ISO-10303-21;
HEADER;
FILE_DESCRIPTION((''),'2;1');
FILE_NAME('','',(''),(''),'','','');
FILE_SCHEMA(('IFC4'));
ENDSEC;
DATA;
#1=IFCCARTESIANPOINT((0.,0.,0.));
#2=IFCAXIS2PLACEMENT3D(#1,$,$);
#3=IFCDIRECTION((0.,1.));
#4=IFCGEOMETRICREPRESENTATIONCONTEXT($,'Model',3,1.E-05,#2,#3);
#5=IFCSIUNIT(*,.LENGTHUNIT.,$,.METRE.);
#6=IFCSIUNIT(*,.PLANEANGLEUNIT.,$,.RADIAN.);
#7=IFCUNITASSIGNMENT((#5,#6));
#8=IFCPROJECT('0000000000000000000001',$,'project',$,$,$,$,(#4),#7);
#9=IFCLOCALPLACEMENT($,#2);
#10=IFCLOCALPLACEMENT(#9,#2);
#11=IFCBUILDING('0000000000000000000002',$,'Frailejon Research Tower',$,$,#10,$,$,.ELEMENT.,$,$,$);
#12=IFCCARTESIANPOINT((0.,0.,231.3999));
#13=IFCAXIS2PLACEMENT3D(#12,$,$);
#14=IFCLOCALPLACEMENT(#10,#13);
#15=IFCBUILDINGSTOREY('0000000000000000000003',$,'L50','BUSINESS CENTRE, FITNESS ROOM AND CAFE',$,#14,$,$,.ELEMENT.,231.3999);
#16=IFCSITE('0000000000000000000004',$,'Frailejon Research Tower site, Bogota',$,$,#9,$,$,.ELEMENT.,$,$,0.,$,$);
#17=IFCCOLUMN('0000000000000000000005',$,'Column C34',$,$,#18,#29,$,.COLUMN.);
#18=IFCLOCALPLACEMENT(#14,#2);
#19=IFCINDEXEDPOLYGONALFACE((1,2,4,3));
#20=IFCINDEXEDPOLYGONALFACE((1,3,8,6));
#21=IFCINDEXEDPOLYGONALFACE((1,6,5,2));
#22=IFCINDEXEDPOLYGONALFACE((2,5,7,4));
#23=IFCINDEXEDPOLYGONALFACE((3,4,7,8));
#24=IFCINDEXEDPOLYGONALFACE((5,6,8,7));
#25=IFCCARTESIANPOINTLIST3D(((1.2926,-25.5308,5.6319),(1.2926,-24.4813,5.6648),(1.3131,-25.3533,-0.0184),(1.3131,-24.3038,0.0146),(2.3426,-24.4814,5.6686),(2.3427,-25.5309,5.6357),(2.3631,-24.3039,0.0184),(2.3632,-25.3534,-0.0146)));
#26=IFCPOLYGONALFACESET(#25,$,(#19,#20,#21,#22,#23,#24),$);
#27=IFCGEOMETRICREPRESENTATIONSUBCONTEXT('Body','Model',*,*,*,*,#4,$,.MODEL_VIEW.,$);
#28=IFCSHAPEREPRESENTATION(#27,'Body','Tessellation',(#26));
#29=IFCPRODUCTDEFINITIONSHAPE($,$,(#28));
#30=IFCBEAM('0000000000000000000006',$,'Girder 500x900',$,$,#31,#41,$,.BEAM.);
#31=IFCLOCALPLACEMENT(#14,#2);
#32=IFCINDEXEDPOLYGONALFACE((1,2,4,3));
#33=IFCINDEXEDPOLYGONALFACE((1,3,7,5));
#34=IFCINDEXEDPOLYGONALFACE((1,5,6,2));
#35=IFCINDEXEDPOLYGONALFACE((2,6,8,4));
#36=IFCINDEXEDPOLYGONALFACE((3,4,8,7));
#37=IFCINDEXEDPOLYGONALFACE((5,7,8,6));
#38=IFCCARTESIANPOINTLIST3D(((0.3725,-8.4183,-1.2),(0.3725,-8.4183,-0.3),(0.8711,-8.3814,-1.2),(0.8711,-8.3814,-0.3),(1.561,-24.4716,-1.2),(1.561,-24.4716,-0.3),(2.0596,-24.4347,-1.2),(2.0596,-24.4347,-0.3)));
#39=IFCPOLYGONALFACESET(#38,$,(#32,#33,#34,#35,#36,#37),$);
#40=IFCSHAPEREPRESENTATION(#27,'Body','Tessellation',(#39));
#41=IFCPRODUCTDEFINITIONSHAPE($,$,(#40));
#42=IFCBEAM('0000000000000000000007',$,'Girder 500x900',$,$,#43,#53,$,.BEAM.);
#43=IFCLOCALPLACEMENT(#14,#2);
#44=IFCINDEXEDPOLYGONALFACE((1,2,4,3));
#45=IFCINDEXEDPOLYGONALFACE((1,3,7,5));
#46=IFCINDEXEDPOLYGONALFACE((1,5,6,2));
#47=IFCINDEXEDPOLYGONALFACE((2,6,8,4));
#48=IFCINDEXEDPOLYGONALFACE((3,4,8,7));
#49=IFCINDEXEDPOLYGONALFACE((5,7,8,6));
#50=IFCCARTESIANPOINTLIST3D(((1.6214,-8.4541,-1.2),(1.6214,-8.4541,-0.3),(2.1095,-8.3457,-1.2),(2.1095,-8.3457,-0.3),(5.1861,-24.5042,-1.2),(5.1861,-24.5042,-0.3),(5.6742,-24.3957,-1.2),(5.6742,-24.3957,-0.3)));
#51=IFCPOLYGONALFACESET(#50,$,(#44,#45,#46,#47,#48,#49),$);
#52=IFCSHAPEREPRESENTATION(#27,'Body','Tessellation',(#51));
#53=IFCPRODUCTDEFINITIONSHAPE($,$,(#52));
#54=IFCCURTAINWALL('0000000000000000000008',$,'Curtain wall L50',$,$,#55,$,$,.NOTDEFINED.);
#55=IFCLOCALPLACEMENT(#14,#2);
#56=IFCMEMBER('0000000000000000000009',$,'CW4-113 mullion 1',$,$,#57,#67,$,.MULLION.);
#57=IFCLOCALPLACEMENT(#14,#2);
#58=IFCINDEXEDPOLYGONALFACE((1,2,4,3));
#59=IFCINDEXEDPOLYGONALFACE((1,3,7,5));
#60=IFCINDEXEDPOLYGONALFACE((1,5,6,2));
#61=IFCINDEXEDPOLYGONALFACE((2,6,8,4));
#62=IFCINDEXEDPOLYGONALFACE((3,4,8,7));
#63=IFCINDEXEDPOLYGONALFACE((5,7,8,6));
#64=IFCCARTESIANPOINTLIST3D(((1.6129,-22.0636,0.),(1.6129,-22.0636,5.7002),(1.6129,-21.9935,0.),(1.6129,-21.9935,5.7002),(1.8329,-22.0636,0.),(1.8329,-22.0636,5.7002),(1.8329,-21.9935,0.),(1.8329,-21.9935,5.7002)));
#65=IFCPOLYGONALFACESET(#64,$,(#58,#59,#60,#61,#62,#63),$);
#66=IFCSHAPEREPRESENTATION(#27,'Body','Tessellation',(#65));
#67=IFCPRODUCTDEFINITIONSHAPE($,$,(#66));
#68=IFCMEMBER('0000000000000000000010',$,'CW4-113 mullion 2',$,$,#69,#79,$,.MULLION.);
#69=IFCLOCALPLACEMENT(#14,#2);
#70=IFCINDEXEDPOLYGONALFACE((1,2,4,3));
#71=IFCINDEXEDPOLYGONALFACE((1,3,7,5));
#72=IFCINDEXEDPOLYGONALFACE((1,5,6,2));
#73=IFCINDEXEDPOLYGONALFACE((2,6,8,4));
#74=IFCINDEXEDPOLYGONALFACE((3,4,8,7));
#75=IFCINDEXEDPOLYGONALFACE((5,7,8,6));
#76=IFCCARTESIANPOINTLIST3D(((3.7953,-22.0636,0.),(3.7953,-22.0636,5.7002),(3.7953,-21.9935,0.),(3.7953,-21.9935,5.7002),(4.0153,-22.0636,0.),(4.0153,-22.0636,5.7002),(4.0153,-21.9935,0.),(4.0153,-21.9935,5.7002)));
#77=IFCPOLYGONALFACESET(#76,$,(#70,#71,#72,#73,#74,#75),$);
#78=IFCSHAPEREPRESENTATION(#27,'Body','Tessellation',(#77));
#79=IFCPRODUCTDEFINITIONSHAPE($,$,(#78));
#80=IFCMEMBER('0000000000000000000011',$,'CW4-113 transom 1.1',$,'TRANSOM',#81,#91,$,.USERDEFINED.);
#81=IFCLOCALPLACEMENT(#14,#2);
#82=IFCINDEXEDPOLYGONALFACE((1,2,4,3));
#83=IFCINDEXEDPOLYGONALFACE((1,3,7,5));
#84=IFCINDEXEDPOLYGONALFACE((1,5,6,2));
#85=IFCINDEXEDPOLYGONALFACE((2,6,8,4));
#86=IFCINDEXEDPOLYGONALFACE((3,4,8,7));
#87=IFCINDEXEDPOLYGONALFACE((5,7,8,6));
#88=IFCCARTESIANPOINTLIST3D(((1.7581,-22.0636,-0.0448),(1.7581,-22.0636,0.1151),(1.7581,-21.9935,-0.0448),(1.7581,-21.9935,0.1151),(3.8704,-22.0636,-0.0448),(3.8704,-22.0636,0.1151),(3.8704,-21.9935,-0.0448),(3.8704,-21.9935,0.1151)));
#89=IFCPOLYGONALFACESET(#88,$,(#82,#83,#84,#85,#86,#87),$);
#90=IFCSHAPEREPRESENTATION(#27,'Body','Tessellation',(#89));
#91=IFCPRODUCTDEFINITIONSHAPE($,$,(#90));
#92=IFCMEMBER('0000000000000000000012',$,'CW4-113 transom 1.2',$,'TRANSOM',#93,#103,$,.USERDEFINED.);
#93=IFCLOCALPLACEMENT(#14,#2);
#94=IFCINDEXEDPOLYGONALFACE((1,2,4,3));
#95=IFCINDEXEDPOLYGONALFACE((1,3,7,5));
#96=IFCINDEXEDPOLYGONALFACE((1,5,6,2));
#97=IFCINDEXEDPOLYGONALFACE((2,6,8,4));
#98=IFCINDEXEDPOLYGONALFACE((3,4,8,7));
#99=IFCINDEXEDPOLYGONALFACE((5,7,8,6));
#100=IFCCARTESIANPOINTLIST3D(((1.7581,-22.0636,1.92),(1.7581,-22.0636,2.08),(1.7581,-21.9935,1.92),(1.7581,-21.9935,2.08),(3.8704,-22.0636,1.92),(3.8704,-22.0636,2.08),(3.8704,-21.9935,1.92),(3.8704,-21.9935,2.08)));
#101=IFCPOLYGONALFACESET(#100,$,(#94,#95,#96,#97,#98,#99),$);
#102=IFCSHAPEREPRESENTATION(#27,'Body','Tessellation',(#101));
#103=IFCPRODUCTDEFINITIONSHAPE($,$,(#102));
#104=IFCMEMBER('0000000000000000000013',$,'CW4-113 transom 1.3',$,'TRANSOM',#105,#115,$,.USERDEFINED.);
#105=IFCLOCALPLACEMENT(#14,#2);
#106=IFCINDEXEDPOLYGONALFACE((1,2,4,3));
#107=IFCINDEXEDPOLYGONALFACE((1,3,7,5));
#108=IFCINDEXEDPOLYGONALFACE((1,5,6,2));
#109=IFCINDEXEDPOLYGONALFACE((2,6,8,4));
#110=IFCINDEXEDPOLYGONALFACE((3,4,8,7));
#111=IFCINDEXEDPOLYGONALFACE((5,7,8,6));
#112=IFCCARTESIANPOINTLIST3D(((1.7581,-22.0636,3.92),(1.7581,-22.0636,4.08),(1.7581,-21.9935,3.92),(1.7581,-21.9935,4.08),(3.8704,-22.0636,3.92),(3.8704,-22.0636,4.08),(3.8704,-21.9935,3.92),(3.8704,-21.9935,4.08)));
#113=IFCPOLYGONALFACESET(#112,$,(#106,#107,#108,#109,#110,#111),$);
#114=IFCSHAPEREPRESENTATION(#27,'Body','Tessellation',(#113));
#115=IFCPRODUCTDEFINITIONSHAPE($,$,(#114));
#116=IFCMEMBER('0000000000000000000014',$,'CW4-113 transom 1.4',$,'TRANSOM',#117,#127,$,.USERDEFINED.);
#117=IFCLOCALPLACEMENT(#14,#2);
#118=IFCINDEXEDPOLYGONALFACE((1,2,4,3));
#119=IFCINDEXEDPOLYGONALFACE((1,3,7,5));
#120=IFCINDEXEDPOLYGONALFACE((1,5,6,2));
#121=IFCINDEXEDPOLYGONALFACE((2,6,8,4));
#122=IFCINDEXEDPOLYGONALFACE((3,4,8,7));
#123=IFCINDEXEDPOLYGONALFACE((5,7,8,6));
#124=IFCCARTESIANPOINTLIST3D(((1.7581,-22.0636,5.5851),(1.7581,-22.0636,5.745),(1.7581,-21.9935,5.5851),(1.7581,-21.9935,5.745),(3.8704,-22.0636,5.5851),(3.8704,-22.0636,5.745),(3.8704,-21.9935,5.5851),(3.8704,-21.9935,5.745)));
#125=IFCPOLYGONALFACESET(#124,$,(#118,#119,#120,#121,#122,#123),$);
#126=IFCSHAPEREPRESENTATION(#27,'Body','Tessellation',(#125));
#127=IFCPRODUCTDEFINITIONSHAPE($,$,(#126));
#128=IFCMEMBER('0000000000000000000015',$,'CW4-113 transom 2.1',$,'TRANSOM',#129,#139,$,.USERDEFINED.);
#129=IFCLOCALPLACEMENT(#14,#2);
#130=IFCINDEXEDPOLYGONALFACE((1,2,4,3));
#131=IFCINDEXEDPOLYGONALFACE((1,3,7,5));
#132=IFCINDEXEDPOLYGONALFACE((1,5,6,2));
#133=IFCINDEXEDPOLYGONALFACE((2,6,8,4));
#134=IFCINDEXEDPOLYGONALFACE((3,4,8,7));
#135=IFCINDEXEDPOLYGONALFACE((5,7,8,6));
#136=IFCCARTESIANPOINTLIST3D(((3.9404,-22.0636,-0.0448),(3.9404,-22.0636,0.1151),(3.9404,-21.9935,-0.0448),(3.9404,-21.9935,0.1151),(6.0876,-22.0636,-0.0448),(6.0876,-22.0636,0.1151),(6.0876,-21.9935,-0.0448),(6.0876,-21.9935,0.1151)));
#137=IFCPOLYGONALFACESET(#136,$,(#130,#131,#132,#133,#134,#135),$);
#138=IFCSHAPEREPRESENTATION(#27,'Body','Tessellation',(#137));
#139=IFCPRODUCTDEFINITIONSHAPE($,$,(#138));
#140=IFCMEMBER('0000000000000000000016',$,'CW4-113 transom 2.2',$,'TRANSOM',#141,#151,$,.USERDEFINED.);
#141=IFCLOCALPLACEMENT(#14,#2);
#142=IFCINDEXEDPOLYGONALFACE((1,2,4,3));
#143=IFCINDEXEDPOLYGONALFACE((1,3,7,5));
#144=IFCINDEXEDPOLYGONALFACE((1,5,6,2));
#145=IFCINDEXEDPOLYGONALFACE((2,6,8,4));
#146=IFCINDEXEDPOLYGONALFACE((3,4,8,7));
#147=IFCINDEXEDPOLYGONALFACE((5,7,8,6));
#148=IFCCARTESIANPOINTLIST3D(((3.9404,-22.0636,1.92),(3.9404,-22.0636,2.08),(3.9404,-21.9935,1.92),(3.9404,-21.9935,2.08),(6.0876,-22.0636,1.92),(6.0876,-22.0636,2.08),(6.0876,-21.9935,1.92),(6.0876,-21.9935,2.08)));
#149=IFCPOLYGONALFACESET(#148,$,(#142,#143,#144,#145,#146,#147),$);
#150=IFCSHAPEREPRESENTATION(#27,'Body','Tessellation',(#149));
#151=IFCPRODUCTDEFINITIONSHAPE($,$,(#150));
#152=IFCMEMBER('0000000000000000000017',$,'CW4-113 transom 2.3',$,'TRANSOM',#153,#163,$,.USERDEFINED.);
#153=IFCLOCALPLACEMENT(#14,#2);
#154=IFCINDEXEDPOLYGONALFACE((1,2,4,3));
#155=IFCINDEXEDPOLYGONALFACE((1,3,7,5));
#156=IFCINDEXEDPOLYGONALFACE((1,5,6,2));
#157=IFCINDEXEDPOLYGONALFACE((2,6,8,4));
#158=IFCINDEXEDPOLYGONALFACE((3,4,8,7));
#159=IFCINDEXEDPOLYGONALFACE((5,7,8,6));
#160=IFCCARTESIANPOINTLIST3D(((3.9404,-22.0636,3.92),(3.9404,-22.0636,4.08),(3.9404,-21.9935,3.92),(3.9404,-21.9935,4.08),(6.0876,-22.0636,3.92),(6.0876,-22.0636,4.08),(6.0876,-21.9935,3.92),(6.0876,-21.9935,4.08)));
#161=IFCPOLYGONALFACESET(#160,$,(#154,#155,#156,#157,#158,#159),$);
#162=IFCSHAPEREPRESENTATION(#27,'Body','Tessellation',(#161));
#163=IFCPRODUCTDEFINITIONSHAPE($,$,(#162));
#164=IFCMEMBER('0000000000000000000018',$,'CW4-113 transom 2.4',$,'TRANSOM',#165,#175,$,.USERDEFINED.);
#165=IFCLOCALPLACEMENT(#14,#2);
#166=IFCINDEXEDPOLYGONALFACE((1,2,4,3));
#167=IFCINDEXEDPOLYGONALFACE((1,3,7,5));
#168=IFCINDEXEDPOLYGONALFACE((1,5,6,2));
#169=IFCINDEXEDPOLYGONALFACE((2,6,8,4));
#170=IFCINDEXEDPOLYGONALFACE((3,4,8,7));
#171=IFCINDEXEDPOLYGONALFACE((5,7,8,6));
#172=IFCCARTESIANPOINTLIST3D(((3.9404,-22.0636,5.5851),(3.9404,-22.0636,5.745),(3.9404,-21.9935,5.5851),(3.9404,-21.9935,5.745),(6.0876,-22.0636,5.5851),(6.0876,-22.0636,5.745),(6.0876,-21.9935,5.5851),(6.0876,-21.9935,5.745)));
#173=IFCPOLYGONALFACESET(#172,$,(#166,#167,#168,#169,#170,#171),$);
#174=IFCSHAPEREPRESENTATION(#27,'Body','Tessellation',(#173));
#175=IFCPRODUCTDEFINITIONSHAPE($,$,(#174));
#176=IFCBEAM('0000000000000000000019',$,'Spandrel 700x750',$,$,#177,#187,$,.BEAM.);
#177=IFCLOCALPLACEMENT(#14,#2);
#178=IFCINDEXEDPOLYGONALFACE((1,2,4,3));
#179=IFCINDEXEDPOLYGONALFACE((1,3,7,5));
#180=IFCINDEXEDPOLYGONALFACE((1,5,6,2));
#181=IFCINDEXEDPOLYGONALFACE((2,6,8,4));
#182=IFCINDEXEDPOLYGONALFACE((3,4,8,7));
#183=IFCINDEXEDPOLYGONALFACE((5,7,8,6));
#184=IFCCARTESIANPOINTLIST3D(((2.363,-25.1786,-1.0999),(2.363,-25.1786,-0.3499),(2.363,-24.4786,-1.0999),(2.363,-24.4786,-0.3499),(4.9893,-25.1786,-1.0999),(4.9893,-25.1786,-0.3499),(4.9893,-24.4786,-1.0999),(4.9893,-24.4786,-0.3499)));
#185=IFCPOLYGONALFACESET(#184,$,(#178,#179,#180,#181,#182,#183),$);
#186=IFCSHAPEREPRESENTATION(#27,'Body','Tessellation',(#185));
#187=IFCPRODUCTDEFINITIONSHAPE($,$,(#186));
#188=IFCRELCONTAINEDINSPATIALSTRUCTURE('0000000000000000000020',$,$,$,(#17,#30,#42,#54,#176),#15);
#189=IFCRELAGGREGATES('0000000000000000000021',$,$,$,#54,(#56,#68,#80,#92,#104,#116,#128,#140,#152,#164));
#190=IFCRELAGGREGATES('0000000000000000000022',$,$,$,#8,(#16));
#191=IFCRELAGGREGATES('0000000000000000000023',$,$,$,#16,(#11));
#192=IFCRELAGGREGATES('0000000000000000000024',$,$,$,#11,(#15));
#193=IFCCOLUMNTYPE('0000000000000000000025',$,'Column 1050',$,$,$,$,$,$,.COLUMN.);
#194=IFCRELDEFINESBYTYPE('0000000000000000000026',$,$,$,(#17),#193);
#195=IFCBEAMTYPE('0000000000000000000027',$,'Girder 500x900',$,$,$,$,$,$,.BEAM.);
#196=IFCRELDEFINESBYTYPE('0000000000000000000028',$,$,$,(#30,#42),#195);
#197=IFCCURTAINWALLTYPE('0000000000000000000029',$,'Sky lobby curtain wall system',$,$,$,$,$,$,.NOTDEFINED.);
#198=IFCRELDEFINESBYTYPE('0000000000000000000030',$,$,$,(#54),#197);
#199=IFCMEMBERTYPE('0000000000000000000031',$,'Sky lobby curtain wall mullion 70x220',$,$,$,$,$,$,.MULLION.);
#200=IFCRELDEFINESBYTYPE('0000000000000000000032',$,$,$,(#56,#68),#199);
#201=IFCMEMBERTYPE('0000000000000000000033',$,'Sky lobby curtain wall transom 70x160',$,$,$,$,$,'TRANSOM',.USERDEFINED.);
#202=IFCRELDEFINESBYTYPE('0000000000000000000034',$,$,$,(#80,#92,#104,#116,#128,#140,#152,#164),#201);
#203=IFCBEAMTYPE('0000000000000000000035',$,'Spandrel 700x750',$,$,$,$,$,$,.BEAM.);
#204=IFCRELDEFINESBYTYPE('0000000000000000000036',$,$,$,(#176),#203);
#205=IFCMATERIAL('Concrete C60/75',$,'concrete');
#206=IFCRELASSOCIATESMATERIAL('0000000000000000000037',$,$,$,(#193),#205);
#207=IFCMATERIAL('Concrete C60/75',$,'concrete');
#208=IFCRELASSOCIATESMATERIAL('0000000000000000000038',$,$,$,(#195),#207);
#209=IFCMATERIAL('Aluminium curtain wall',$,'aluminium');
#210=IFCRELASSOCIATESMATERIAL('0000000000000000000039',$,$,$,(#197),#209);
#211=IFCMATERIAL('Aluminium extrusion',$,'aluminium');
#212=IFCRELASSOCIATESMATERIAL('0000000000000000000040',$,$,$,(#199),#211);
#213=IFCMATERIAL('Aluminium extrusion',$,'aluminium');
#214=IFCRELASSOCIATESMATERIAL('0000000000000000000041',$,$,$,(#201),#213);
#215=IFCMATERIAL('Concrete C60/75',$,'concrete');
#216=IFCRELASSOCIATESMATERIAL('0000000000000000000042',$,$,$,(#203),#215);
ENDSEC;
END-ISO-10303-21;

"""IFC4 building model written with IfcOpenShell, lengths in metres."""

from ifc_helpers import new_model, si_unit, direction, frame, origin, origin_2d, place, context, subcontext, project, spatial, rectangle, extrude, material, material_profile, profile_set, type_object, element, aggregate, save


model = new_model("IFC4")

# Units and contexts
model_context = context("Model", 3, precision=1e-05, world=origin(), true_north=direction((0.0, 1.0)))
body_context = subcontext(model_context, "Body", "Model", "MODEL_VIEW")
ifc_project = project(units=[si_unit("LENGTHUNIT", "METRE"), si_unit("PLANEANGLEUNIT", "RADIAN")], contexts=[model_context])

# Site, building, storey
site_placement = place(None, origin())
site = spatial("IfcSite", under=ifc_project, at=site_placement, Name="Frailejon Research Tower site, Bogota", CompositionType="ELEMENT", RefElevation=0.0)
building_placement = place(site_placement, origin())
building = spatial("IfcBuilding", under=site, at=building_placement, Name="Frailejon Research Tower", CompositionType="ELEMENT")
storey_placement = place(building_placement, frame((0.0, 0.0, 231.3999)))
storey = spatial("IfcBuildingStorey", under=building, at=storey_placement, Name="L50", Description="BUSINESS CENTRE, FITNESS ROOM AND CAFE", CompositionType="ELEMENT", Elevation=231.3999)

# Column
ifc_material_1 = material(Name="Concrete C60/75", Category="concrete")
ifc_material_profile_1 = material_profile(ifc_material_1, rectangle(XDim=1.05, YDim=1.05, at=origin_2d()), Name="Column 1050")
ifc_profile_set_1 = profile_set([ifc_material_profile_1], Name="Concrete C60/75")
column_type = type_object("IfcColumnType", Name="Column 1050", PredefinedType="COLUMN", material=ifc_profile_set_1)
column_placement = place(storey_placement, frame((1.8381, -24.8286, 0.0), z_axis=(-0.003628, -0.031398, 0.9995), x_axis=(0.999993, -0.00007, 0.003627)))
element("IfcColumn", 1, at=column_placement, inside=storey, type_object=column_type, Name="Column C34", PredefinedType="COLUMN", context=body_context, shape_type="SweptSolid", body=[
    extrude(rectangle(XDim=1.05, YDim=1.05, at=origin_2d()), origin(), (0.0, 0.0, 1.0), 5.6531),
])

# Beams
ifc_material_2 = material(Name="Concrete C60/75", Category="concrete")
ifc_material_profile_2 = material_profile(ifc_material_2, rectangle(XDim=0.5, YDim=0.8999, at=origin_2d()), Name="Girder 500x900")
ifc_profile_set_2 = profile_set([ifc_material_profile_2], Name="Concrete C60/75")
beam_type_1 = type_object("IfcBeamType", Name="Girder 500x900", PredefinedType="BEAM", material=ifc_profile_set_2)
beam_1_placement = place(storey_placement, frame((1.8103, -24.4531, -0.75), z_axis=(-0.073831, 0.997271, 0.0), x_axis=(-0.997271, -0.073831, 0.0)))
element("IfcBeam", 2, at=beam_1_placement, inside=storey, type_object=beam_type_1, Name="Girder 500x900", PredefinedType="BEAM", context=body_context, shape_type="SweptSolid", body=[
    extrude(rectangle(XDim=0.5, YDim=0.8999, at=origin_2d()), origin(), (0.0, 0.0, 1.0), 16.0972),
])
beam_2_placement = place(storey_placement, frame((5.4302, -24.45, -0.75), z_axis=(-0.216816, 0.976213, 0.0), x_axis=(-0.976213, -0.216816, 0.0)))
element("IfcBeam", 3, at=beam_2_placement, inside=storey, type_object=beam_type_1, Name="Girder 500x900", PredefinedType="BEAM", context=body_context, shape_type="SweptSolid", body=[
    extrude(rectangle(XDim=0.5, YDim=0.8999, at=origin_2d()), origin(), (0.0, 0.0, 1.0), 16.4412),
])

# Curtain wall, members
ifc_material_3 = material(Name="Aluminium curtain wall", Category="aluminium")
curtain_wall_type = type_object("IfcCurtainWallType", Name="Sky lobby curtain wall system", PredefinedType="NOTDEFINED", material=ifc_material_3)
curtain_wall_placement = place(storey_placement, origin())
curtain_wall = element("IfcCurtainWall", 4, at=curtain_wall_placement, inside=storey, type_object=curtain_wall_type, Name="Curtain wall L50", PredefinedType="NOTDEFINED")
ifc_material_4 = material(Name="Aluminium extrusion", Category="aluminium")
ifc_material_profile_3 = material_profile(ifc_material_4, rectangle(XDim=0.0701, YDim=0.22, at=origin_2d()), Name="Sky lobby curtain wall mullion 70x220")
ifc_profile_set_3 = profile_set([ifc_material_profile_3], Name="Aluminium extrusion")
member_type_1 = type_object("IfcMemberType", Name="Sky lobby curtain wall mullion 70x220", PredefinedType="MULLION", material=ifc_profile_set_3)
member_1_placement = place(storey_placement, frame((1.7229, -22.0286, 0.0), z_axis=(0.0, 0.0, 1.0), x_axis=(0.0, 1.0, 0.0)))
member_1 = element("IfcMember", 5, at=member_1_placement, type_object=member_type_1, Name="CW4-113 mullion 1", PredefinedType="MULLION", context=body_context, shape_type="SweptSolid", body=[
    extrude(rectangle(XDim=0.0701, YDim=0.22, at=origin_2d()), origin(), (0.0, 0.0, 1.0), 5.7002),
])
member_2_placement = place(storey_placement, frame((3.9053, -22.0286, 0.0), z_axis=(0.0, 0.0, 1.0), x_axis=(0.0, 1.0, 0.0)))
member_2 = element("IfcMember", 6, at=member_2_placement, type_object=member_type_1, Name="CW4-113 mullion 2", PredefinedType="MULLION", context=body_context, shape_type="SweptSolid", body=[
    extrude(rectangle(XDim=0.0701, YDim=0.22, at=origin_2d()), origin(), (0.0, 0.0, 1.0), 5.7002),
])
ifc_material_5 = material(Name="Aluminium extrusion", Category="aluminium")
ifc_material_profile_4 = material_profile(ifc_material_5, rectangle(XDim=0.0701, YDim=0.1599, at=origin_2d()), Name="Sky lobby curtain wall transom 70x160")
ifc_profile_set_4 = profile_set([ifc_material_profile_4], Name="Aluminium extrusion")
member_type_2 = type_object("IfcMemberType", Name="Sky lobby curtain wall transom 70x160", ElementType="TRANSOM", PredefinedType="USERDEFINED", material=ifc_profile_set_4)
member_3_placement = place(storey_placement, frame((1.7581, -22.0286, 0.0352), z_axis=(1.0, 0.0, 0.0), x_axis=(0.0, 1.0, 0.0)))
member_3 = element("IfcMember", 7, at=member_3_placement, type_object=member_type_2, Name="CW4-113 transom 1.1", ObjectType="TRANSOM", PredefinedType="USERDEFINED", context=body_context, shape_type="SweptSolid", body=[
    extrude(rectangle(XDim=0.0701, YDim=0.1599, at=origin_2d()), origin(), (0.0, 0.0, 1.0), 2.1123),
])
member_4_placement = place(storey_placement, frame((1.7581, -22.0286, 2.0), z_axis=(1.0, 0.0, 0.0), x_axis=(0.0, 1.0, 0.0)))
member_4 = element("IfcMember", 8, at=member_4_placement, type_object=member_type_2, Name="CW4-113 transom 1.2", ObjectType="TRANSOM", PredefinedType="USERDEFINED", context=body_context, shape_type="SweptSolid", body=[
    extrude(rectangle(XDim=0.0701, YDim=0.1599, at=origin_2d()), origin(), (0.0, 0.0, 1.0), 2.1123),
])
member_5_placement = place(storey_placement, frame((1.7581, -22.0286, 4.0), z_axis=(1.0, 0.0, 0.0), x_axis=(0.0, 1.0, 0.0)))
member_5 = element("IfcMember", 9, at=member_5_placement, type_object=member_type_2, Name="CW4-113 transom 1.3", ObjectType="TRANSOM", PredefinedType="USERDEFINED", context=body_context, shape_type="SweptSolid", body=[
    extrude(rectangle(XDim=0.0701, YDim=0.1599, at=origin_2d()), origin(), (0.0, 0.0, 1.0), 2.1123),
])
member_6_placement = place(storey_placement, frame((1.7581, -22.0286, 5.665), z_axis=(1.0, 0.0, 0.0), x_axis=(0.0, 1.0, 0.0)))
member_6 = element("IfcMember", 10, at=member_6_placement, type_object=member_type_2, Name="CW4-113 transom 1.4", ObjectType="TRANSOM", PredefinedType="USERDEFINED", context=body_context, shape_type="SweptSolid", body=[
    extrude(rectangle(XDim=0.0701, YDim=0.1599, at=origin_2d()), origin(), (0.0, 0.0, 1.0), 2.1123),
])
member_7_placement = place(storey_placement, frame((3.9404, -22.0286, 0.0352), z_axis=(1.0, 0.0, 0.0), x_axis=(0.0, 1.0, 0.0)))
member_7 = element("IfcMember", 11, at=member_7_placement, type_object=member_type_2, Name="CW4-113 transom 2.1", ObjectType="TRANSOM", PredefinedType="USERDEFINED", context=body_context, shape_type="SweptSolid", body=[
    extrude(rectangle(XDim=0.0701, YDim=0.1599, at=origin_2d()), origin(), (0.0, 0.0, 1.0), 2.1472),
])
member_8_placement = place(storey_placement, frame((3.9404, -22.0286, 2.0), z_axis=(1.0, 0.0, 0.0), x_axis=(0.0, 1.0, 0.0)))
member_8 = element("IfcMember", 12, at=member_8_placement, type_object=member_type_2, Name="CW4-113 transom 2.2", ObjectType="TRANSOM", PredefinedType="USERDEFINED", context=body_context, shape_type="SweptSolid", body=[
    extrude(rectangle(XDim=0.0701, YDim=0.1599, at=origin_2d()), origin(), (0.0, 0.0, 1.0), 2.1472),
])
member_9_placement = place(storey_placement, frame((3.9404, -22.0286, 4.0), z_axis=(1.0, 0.0, 0.0), x_axis=(0.0, 1.0, 0.0)))
member_9 = element("IfcMember", 13, at=member_9_placement, type_object=member_type_2, Name="CW4-113 transom 2.3", ObjectType="TRANSOM", PredefinedType="USERDEFINED", context=body_context, shape_type="SweptSolid", body=[
    extrude(rectangle(XDim=0.0701, YDim=0.1599, at=origin_2d()), origin(), (0.0, 0.0, 1.0), 2.1472),
])
member_10_placement = place(storey_placement, frame((3.9404, -22.0286, 5.665), z_axis=(1.0, 0.0, 0.0), x_axis=(0.0, 1.0, 0.0)))
member_10 = element("IfcMember", 14, at=member_10_placement, type_object=member_type_2, Name="CW4-113 transom 2.4", ObjectType="TRANSOM", PredefinedType="USERDEFINED", context=body_context, shape_type="SweptSolid", body=[
    extrude(rectangle(XDim=0.0701, YDim=0.1599, at=origin_2d()), origin(), (0.0, 0.0, 1.0), 2.1472),
])

# Beam
ifc_material_6 = material(Name="Concrete C60/75", Category="concrete")
ifc_material_profile_5 = material_profile(ifc_material_6, rectangle(XDim=0.7, YDim=0.75, at=origin_2d()), Name="Spandrel 700x750")
ifc_profile_set_5 = profile_set([ifc_material_profile_5], Name="Concrete C60/75")
beam_type_2 = type_object("IfcBeamType", Name="Spandrel 700x750", PredefinedType="BEAM", material=ifc_profile_set_5)
beam_3_placement = place(storey_placement, frame((2.363, -24.8286, -0.7249), z_axis=(1.0, 0.0, 0.0), x_axis=(0.0, 1.0, 0.0)))
element("IfcBeam", 15, at=beam_3_placement, inside=storey, type_object=beam_type_2, Name="Spandrel 700x750", PredefinedType="BEAM", context=body_context, shape_type="SweptSolid", body=[
    extrude(rectangle(XDim=0.7, YDim=0.75, at=origin_2d()), origin(), (0.0, 0.0, 1.0), 2.6262),
])

aggregate(curtain_wall, [member_1, member_2, member_3, member_4, member_5, member_6, member_7, member_8, member_9, member_10])

save(model, "model.ifc")
